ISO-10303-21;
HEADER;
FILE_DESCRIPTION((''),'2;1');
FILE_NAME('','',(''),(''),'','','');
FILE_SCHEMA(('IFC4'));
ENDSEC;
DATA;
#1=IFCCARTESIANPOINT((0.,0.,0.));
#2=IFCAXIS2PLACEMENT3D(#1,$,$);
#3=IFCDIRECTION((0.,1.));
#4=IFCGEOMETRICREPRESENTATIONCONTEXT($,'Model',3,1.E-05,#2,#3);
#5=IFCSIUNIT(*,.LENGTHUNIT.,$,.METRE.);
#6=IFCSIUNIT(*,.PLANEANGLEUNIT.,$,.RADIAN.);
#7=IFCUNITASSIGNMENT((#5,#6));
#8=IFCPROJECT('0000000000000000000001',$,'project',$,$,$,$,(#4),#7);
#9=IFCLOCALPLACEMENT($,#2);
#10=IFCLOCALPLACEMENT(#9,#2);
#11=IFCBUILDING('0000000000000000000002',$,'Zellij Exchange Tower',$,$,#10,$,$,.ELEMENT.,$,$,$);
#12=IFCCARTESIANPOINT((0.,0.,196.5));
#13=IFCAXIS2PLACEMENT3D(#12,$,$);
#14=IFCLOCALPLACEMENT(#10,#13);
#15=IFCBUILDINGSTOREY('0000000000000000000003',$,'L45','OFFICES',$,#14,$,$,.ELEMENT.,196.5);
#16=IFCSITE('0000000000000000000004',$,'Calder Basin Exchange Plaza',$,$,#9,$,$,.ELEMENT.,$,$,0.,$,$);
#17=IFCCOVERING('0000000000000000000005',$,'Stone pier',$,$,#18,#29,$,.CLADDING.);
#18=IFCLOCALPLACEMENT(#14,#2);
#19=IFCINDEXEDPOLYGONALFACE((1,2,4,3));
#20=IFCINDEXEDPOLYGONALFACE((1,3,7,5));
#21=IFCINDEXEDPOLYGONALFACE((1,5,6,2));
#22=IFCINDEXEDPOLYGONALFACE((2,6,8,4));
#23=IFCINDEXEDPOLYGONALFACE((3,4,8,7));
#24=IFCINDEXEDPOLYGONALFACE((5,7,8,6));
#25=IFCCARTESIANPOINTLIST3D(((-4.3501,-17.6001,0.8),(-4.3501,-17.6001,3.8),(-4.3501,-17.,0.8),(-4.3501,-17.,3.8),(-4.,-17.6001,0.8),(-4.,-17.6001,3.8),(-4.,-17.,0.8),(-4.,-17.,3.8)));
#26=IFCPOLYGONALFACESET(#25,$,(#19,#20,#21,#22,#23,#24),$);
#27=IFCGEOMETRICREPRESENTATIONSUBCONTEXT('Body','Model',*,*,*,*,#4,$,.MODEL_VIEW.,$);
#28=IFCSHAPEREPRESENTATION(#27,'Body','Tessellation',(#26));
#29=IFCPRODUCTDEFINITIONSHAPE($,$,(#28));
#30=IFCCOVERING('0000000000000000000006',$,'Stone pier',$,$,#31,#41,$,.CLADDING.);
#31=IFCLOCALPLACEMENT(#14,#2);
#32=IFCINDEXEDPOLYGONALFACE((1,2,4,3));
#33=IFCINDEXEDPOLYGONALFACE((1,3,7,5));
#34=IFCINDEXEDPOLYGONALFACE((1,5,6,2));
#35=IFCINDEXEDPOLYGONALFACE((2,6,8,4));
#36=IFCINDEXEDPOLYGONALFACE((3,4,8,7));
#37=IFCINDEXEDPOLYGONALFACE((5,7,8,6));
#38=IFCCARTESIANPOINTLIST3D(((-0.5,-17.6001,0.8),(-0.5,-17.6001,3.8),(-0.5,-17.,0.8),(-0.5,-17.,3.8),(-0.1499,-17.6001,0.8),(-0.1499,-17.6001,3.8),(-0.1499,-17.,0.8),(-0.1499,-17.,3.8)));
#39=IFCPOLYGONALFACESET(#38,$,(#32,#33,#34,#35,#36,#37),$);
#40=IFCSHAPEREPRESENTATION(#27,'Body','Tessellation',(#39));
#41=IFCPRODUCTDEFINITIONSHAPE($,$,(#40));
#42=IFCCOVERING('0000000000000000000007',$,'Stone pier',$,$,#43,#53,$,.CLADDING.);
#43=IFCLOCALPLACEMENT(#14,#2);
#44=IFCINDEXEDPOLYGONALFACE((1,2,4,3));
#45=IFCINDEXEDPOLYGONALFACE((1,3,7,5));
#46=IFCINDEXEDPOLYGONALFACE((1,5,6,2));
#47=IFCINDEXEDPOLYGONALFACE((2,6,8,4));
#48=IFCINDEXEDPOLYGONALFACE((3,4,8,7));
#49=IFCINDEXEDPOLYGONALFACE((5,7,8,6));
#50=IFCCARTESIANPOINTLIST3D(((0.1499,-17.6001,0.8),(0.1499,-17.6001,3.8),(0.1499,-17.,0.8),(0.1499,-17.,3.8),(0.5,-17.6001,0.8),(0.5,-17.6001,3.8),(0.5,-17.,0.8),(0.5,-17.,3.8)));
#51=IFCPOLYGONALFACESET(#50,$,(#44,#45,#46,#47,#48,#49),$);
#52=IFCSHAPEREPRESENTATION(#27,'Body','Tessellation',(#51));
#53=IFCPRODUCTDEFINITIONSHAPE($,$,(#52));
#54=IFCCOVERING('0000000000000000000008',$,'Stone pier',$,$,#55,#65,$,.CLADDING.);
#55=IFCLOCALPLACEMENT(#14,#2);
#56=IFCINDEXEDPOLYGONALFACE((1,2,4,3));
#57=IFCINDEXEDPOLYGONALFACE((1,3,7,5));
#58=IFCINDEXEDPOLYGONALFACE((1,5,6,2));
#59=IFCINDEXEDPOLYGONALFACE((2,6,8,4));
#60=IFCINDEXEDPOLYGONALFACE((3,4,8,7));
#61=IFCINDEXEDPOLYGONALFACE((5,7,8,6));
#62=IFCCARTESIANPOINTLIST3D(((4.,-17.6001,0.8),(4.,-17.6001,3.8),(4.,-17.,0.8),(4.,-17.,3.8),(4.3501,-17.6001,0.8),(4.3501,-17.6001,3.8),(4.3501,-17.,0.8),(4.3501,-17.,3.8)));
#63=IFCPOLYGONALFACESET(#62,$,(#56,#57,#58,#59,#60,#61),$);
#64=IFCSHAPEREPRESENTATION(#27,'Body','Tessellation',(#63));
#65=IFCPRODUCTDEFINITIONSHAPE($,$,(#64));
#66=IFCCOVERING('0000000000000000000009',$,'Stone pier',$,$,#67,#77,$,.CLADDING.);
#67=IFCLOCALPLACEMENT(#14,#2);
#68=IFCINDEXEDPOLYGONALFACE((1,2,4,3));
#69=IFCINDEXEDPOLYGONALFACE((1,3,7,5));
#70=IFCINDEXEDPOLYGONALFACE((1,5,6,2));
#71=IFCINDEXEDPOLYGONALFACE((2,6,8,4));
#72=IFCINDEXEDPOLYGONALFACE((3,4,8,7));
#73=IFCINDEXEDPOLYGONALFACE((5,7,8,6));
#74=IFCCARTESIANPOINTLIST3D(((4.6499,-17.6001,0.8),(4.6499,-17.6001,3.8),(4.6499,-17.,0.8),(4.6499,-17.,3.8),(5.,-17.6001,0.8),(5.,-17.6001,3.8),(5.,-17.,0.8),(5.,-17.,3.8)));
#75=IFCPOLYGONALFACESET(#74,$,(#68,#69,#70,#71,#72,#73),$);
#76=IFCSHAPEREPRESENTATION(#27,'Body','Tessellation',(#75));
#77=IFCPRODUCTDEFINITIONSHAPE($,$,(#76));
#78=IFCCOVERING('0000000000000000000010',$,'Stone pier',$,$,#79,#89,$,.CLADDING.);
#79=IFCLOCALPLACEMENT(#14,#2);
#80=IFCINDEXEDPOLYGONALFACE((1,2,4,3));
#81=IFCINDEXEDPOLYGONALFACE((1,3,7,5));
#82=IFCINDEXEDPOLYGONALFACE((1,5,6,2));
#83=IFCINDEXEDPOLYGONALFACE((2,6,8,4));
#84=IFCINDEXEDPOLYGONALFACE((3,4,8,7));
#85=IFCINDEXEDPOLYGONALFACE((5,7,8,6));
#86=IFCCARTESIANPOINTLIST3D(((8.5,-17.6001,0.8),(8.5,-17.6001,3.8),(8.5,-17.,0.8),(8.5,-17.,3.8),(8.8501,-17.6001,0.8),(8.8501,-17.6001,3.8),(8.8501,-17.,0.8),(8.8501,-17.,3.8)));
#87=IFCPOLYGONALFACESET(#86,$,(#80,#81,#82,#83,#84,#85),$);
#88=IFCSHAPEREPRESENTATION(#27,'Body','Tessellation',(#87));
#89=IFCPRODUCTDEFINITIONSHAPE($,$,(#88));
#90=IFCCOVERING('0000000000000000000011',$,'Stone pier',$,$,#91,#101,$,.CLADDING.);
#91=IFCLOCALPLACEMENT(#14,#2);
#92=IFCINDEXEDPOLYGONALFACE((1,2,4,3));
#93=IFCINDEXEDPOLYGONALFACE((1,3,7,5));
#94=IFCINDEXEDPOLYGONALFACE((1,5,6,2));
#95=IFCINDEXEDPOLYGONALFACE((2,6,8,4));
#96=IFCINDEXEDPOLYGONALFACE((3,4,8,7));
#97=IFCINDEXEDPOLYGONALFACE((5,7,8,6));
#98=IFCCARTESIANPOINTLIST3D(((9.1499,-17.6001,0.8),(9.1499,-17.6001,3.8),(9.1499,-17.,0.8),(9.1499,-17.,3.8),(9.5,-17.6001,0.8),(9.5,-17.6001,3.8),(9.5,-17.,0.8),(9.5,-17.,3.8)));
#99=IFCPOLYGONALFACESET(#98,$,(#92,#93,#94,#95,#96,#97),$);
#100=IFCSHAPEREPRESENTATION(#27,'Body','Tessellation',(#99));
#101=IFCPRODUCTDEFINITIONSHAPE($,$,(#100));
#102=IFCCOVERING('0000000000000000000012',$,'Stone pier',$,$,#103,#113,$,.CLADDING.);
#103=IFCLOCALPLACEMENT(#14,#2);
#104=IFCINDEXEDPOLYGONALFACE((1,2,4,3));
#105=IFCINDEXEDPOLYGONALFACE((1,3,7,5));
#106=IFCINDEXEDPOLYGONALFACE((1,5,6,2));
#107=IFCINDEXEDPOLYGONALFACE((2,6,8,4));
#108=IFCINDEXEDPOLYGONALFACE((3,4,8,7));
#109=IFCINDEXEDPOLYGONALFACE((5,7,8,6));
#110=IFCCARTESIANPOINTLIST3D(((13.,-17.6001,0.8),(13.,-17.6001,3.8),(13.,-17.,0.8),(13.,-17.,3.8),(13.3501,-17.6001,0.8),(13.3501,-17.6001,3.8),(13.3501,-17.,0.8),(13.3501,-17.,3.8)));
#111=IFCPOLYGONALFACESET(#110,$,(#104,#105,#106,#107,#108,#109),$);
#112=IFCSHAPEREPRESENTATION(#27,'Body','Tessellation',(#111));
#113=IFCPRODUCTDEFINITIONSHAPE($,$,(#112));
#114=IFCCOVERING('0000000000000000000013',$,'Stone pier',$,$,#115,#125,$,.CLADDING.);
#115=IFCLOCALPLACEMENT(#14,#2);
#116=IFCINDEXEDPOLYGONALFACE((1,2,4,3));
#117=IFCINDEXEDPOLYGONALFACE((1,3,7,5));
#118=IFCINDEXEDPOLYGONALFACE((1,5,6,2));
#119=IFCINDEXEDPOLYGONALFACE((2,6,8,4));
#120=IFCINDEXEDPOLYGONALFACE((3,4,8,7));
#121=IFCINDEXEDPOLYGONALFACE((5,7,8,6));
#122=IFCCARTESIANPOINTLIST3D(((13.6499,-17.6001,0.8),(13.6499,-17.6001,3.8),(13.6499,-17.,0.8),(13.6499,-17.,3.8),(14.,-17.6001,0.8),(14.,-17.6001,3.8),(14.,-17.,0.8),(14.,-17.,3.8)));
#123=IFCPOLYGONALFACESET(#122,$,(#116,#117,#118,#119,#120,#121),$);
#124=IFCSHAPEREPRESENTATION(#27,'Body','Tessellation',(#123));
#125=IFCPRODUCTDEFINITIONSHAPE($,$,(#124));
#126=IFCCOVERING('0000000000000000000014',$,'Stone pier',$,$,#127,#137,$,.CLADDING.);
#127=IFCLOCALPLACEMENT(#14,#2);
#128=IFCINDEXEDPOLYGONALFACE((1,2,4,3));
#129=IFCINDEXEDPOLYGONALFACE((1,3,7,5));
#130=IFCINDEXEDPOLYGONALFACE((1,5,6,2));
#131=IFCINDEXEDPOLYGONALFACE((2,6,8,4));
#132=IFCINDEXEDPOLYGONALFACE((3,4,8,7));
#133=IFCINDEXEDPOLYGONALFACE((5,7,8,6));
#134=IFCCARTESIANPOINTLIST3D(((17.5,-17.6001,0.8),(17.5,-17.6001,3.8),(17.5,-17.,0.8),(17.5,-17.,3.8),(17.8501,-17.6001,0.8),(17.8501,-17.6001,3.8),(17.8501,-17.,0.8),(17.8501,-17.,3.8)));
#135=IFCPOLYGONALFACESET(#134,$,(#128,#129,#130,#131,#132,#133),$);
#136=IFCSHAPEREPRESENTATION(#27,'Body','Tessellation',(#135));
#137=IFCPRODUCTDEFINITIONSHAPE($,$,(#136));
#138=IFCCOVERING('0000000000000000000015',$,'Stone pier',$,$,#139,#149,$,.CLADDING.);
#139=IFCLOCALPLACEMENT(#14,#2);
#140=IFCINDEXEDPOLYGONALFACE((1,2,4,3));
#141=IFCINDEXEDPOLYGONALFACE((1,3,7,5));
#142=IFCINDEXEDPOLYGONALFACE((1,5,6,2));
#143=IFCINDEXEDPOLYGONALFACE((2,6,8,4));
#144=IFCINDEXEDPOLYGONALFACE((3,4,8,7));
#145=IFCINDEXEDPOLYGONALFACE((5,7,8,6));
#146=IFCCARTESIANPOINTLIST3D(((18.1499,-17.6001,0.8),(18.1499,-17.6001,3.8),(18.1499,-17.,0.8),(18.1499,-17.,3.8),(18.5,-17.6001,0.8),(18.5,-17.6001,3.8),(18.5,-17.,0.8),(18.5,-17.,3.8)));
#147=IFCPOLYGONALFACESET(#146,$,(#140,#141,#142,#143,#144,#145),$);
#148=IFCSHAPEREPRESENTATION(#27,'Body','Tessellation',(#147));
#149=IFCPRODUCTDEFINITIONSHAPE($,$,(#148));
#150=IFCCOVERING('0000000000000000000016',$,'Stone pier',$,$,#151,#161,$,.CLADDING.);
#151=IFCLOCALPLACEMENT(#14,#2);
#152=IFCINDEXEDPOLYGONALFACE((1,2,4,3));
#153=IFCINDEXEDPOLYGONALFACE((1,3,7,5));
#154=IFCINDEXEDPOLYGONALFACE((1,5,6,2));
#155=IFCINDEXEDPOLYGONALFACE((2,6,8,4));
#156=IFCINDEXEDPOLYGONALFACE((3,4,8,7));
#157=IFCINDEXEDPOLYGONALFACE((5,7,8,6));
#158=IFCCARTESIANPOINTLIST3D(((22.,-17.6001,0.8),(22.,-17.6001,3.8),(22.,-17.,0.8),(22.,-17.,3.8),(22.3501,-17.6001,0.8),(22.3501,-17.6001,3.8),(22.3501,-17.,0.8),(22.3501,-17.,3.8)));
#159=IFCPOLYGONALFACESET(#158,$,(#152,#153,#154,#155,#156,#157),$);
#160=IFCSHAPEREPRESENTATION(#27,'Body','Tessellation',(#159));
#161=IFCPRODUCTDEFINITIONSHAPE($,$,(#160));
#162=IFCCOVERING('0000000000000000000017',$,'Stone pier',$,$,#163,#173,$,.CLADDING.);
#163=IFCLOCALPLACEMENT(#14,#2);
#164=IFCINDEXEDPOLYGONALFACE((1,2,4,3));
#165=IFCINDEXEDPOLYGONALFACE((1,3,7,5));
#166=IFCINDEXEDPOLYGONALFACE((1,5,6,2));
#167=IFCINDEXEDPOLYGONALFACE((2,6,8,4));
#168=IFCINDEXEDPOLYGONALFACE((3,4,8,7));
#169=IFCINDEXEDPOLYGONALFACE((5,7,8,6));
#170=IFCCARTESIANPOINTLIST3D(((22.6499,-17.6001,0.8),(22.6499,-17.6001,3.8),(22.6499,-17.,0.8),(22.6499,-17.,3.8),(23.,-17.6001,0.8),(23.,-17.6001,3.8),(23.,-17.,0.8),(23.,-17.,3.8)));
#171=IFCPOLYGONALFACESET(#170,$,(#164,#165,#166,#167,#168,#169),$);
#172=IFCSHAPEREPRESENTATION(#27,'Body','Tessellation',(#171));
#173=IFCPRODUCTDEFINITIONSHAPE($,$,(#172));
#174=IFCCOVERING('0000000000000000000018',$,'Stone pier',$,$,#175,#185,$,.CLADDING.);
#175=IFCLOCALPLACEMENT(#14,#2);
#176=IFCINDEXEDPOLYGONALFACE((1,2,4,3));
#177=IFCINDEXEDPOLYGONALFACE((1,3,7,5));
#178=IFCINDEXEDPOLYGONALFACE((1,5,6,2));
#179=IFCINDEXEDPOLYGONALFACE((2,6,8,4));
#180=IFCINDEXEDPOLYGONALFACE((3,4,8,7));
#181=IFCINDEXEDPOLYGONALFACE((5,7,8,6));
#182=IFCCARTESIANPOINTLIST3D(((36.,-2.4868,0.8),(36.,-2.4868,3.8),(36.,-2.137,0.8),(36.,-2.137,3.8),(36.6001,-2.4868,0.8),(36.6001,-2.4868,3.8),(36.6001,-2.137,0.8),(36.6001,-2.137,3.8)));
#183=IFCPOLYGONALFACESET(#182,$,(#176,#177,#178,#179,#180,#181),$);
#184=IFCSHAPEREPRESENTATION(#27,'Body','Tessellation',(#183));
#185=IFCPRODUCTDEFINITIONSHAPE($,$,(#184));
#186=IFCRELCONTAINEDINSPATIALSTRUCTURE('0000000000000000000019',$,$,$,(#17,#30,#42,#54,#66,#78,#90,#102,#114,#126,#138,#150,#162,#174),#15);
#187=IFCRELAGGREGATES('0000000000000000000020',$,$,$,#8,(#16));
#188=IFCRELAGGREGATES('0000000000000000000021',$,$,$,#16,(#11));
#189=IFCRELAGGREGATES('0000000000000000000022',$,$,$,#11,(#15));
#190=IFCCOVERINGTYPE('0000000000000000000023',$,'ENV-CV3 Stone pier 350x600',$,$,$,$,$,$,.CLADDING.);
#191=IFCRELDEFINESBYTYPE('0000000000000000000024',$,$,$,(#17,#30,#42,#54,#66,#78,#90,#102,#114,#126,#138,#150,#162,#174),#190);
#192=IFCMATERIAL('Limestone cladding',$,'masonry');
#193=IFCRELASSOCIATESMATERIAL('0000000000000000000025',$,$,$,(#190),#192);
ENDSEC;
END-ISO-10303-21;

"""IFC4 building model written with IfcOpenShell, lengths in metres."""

from ifc_helpers import new_model, si_unit, direction, frame, origin, place, context, subcontext, project, spatial, polyline, outline, extrude, material, type_object, element, save


model = new_model("IFC4")

# Units and contexts
model_context = context("Model", 3, precision=1e-05, world=origin(), true_north=direction((0.0, 1.0)))
body_context = subcontext(model_context, "Body", "Model", "MODEL_VIEW")
ifc_project = project(units=[si_unit("LENGTHUNIT", "METRE"), si_unit("PLANEANGLEUNIT", "RADIAN")], contexts=[model_context])

# Site, building, storey
site_placement = place(None, origin())
site = spatial("IfcSite", under=ifc_project, at=site_placement, Name="Calder Basin Exchange Plaza", CompositionType="ELEMENT", RefElevation=0.0)
building_placement = place(site_placement, origin())
building = spatial("IfcBuilding", under=site, at=building_placement, Name="Zellij Exchange Tower", CompositionType="ELEMENT")
storey_placement = place(building_placement, frame((0.0, 0.0, 196.5)))
storey = spatial("IfcBuildingStorey", under=building, at=storey_placement, Name="L45", Description="OFFICES", CompositionType="ELEMENT", Elevation=196.5)

# Coverings
ifc_material_1 = material(Name="Limestone cladding", Category="masonry")
covering_type = type_object("IfcCoveringType", Name="ENV-CV3 Stone pier 350x600", PredefinedType="CLADDING", material=ifc_material_1)
covering_1_placement = place(storey_placement, frame((0.0, 0.0, 0.8)))
element("IfcCovering", 1, at=covering_1_placement, inside=storey, type_object=covering_type, Name="Stone pier", PredefinedType="CLADDING", context=body_context, shape_type="SweptSolid", body=[
    extrude(outline(polyline([(-4.3501, -17.0), (-4.0, -17.0), (-4.0, -17.6001), (-4.3501, -17.6001), (-4.3501, -17.0)])), origin(), (0.0, 0.0, 1.0), 3.0),
])
covering_2_placement = place(storey_placement, frame((0.0, 0.0, 0.8)))
element("IfcCovering", 2, at=covering_2_placement, inside=storey, type_object=covering_type, Name="Stone pier", PredefinedType="CLADDING", context=body_context, shape_type="SweptSolid", body=[
    extrude(outline(polyline([(-0.5, -17.0), (-0.1499, -17.0), (-0.1499, -17.6001), (-0.5, -17.6001), (-0.5, -17.0)])), origin(), (0.0, 0.0, 1.0), 3.0),
])
covering_3_placement = place(storey_placement, frame((0.0, 0.0, 0.8)))
element("IfcCovering", 3, at=covering_3_placement, inside=storey, type_object=covering_type, Name="Stone pier", PredefinedType="CLADDING", context=body_context, shape_type="SweptSolid", body=[
    extrude(outline(polyline([(0.1499, -17.0), (0.5, -17.0), (0.5, -17.6001), (0.1499, -17.6001), (0.1499, -17.0)])), origin(), (0.0, 0.0, 1.0), 3.0),
])
covering_4_placement = place(storey_placement, frame((0.0, 0.0, 0.8)))
element("IfcCovering", 4, at=covering_4_placement, inside=storey, type_object=covering_type, Name="Stone pier", PredefinedType="CLADDING", context=body_context, shape_type="SweptSolid", body=[
    extrude(outline(polyline([(4.0, -17.0), (4.3501, -17.0), (4.3501, -17.6001), (4.0, -17.6001), (4.0, -17.0)])), origin(), (0.0, 0.0, 1.0), 3.0),
])
covering_5_placement = place(storey_placement, frame((0.0, 0.0, 0.8)))
element("IfcCovering", 5, at=covering_5_placement, inside=storey, type_object=covering_type, Name="Stone pier", PredefinedType="CLADDING", context=body_context, shape_type="SweptSolid", body=[
    extrude(outline(polyline([(4.6499, -17.0), (5.0, -17.0), (5.0, -17.6001), (4.6499, -17.6001), (4.6499, -17.0)])), origin(), (0.0, 0.0, 1.0), 3.0),
])
covering_6_placement = place(storey_placement, frame((0.0, 0.0, 0.8)))
element("IfcCovering", 6, at=covering_6_placement, inside=storey, type_object=covering_type, Name="Stone pier", PredefinedType="CLADDING", context=body_context, shape_type="SweptSolid", body=[
    extrude(outline(polyline([(8.5, -17.0), (8.8501, -17.0), (8.8501, -17.6001), (8.5, -17.6001), (8.5, -17.0)])), origin(), (0.0, 0.0, 1.0), 3.0),
])
covering_7_placement = place(storey_placement, frame((0.0, 0.0, 0.8)))
element("IfcCovering", 7, at=covering_7_placement, inside=storey, type_object=covering_type, Name="Stone pier", PredefinedType="CLADDING", context=body_context, shape_type="SweptSolid", body=[
    extrude(outline(polyline([(9.1499, -17.0), (9.5, -17.0), (9.5, -17.6001), (9.1499, -17.6001), (9.1499, -17.0)])), origin(), (0.0, 0.0, 1.0), 3.0),
])
covering_8_placement = place(storey_placement, frame((0.0, 0.0, 0.8)))
element("IfcCovering", 8, at=covering_8_placement, inside=storey, type_object=covering_type, Name="Stone pier", PredefinedType="CLADDING", context=body_context, shape_type="SweptSolid", body=[
    extrude(outline(polyline([(13.0, -17.0), (13.3501, -17.0), (13.3501, -17.6001), (13.0, -17.6001), (13.0, -17.0)])), origin(), (0.0, 0.0, 1.0), 3.0),
])
covering_9_placement = place(storey_placement, frame((0.0, 0.0, 0.8)))
element("IfcCovering", 9, at=covering_9_placement, inside=storey, type_object=covering_type, Name="Stone pier", PredefinedType="CLADDING", context=body_context, shape_type="SweptSolid", body=[
    extrude(outline(polyline([(13.6499, -17.0), (14.0, -17.0), (14.0, -17.6001), (13.6499, -17.6001), (13.6499, -17.0)])), origin(), (0.0, 0.0, 1.0), 3.0),
])
covering_10_placement = place(storey_placement, frame((0.0, 0.0, 0.8)))
element("IfcCovering", 10, at=covering_10_placement, inside=storey, type_object=covering_type, Name="Stone pier", PredefinedType="CLADDING", context=body_context, shape_type="SweptSolid", body=[
    extrude(outline(polyline([(17.5, -17.0), (17.8501, -17.0), (17.8501, -17.6001), (17.5, -17.6001), (17.5, -17.0)])), origin(), (0.0, 0.0, 1.0), 3.0),
])
covering_11_placement = place(storey_placement, frame((0.0, 0.0, 0.8)))
element("IfcCovering", 11, at=covering_11_placement, inside=storey, type_object=covering_type, Name="Stone pier", PredefinedType="CLADDING", context=body_context, shape_type="SweptSolid", body=[
    extrude(outline(polyline([(18.1499, -17.0), (18.5, -17.0), (18.5, -17.6001), (18.1499, -17.6001), (18.1499, -17.0)])), origin(), (0.0, 0.0, 1.0), 3.0),
])
covering_12_placement = place(storey_placement, frame((0.0, 0.0, 0.8)))
element("IfcCovering", 12, at=covering_12_placement, inside=storey, type_object=covering_type, Name="Stone pier", PredefinedType="CLADDING", context=body_context, shape_type="SweptSolid", body=[
    extrude(outline(polyline([(22.0, -17.0), (22.3501, -17.0), (22.3501, -17.6001), (22.0, -17.6001), (22.0, -17.0)])), origin(), (0.0, 0.0, 1.0), 3.0),
])
covering_13_placement = place(storey_placement, frame((0.0, 0.0, 0.8)))
element("IfcCovering", 13, at=covering_13_placement, inside=storey, type_object=covering_type, Name="Stone pier", PredefinedType="CLADDING", context=body_context, shape_type="SweptSolid", body=[
    extrude(outline(polyline([(22.6499, -17.0), (23.0, -17.0), (23.0, -17.6001), (22.6499, -17.6001), (22.6499, -17.0)])), origin(), (0.0, 0.0, 1.0), 3.0),
])
covering_14_placement = place(storey_placement, frame((0.0, 0.0, 0.8)))
element("IfcCovering", 14, at=covering_14_placement, inside=storey, type_object=covering_type, Name="Stone pier", PredefinedType="CLADDING", context=body_context, shape_type="SweptSolid", body=[
    extrude(outline(polyline([(36.0, -2.4868), (36.0, -2.137), (36.6001, -2.137), (36.6001, -2.4868), (36.0, -2.4868)])), origin(), (0.0, 0.0, 1.0), 3.0),
])

save(model, "model.ifc")
